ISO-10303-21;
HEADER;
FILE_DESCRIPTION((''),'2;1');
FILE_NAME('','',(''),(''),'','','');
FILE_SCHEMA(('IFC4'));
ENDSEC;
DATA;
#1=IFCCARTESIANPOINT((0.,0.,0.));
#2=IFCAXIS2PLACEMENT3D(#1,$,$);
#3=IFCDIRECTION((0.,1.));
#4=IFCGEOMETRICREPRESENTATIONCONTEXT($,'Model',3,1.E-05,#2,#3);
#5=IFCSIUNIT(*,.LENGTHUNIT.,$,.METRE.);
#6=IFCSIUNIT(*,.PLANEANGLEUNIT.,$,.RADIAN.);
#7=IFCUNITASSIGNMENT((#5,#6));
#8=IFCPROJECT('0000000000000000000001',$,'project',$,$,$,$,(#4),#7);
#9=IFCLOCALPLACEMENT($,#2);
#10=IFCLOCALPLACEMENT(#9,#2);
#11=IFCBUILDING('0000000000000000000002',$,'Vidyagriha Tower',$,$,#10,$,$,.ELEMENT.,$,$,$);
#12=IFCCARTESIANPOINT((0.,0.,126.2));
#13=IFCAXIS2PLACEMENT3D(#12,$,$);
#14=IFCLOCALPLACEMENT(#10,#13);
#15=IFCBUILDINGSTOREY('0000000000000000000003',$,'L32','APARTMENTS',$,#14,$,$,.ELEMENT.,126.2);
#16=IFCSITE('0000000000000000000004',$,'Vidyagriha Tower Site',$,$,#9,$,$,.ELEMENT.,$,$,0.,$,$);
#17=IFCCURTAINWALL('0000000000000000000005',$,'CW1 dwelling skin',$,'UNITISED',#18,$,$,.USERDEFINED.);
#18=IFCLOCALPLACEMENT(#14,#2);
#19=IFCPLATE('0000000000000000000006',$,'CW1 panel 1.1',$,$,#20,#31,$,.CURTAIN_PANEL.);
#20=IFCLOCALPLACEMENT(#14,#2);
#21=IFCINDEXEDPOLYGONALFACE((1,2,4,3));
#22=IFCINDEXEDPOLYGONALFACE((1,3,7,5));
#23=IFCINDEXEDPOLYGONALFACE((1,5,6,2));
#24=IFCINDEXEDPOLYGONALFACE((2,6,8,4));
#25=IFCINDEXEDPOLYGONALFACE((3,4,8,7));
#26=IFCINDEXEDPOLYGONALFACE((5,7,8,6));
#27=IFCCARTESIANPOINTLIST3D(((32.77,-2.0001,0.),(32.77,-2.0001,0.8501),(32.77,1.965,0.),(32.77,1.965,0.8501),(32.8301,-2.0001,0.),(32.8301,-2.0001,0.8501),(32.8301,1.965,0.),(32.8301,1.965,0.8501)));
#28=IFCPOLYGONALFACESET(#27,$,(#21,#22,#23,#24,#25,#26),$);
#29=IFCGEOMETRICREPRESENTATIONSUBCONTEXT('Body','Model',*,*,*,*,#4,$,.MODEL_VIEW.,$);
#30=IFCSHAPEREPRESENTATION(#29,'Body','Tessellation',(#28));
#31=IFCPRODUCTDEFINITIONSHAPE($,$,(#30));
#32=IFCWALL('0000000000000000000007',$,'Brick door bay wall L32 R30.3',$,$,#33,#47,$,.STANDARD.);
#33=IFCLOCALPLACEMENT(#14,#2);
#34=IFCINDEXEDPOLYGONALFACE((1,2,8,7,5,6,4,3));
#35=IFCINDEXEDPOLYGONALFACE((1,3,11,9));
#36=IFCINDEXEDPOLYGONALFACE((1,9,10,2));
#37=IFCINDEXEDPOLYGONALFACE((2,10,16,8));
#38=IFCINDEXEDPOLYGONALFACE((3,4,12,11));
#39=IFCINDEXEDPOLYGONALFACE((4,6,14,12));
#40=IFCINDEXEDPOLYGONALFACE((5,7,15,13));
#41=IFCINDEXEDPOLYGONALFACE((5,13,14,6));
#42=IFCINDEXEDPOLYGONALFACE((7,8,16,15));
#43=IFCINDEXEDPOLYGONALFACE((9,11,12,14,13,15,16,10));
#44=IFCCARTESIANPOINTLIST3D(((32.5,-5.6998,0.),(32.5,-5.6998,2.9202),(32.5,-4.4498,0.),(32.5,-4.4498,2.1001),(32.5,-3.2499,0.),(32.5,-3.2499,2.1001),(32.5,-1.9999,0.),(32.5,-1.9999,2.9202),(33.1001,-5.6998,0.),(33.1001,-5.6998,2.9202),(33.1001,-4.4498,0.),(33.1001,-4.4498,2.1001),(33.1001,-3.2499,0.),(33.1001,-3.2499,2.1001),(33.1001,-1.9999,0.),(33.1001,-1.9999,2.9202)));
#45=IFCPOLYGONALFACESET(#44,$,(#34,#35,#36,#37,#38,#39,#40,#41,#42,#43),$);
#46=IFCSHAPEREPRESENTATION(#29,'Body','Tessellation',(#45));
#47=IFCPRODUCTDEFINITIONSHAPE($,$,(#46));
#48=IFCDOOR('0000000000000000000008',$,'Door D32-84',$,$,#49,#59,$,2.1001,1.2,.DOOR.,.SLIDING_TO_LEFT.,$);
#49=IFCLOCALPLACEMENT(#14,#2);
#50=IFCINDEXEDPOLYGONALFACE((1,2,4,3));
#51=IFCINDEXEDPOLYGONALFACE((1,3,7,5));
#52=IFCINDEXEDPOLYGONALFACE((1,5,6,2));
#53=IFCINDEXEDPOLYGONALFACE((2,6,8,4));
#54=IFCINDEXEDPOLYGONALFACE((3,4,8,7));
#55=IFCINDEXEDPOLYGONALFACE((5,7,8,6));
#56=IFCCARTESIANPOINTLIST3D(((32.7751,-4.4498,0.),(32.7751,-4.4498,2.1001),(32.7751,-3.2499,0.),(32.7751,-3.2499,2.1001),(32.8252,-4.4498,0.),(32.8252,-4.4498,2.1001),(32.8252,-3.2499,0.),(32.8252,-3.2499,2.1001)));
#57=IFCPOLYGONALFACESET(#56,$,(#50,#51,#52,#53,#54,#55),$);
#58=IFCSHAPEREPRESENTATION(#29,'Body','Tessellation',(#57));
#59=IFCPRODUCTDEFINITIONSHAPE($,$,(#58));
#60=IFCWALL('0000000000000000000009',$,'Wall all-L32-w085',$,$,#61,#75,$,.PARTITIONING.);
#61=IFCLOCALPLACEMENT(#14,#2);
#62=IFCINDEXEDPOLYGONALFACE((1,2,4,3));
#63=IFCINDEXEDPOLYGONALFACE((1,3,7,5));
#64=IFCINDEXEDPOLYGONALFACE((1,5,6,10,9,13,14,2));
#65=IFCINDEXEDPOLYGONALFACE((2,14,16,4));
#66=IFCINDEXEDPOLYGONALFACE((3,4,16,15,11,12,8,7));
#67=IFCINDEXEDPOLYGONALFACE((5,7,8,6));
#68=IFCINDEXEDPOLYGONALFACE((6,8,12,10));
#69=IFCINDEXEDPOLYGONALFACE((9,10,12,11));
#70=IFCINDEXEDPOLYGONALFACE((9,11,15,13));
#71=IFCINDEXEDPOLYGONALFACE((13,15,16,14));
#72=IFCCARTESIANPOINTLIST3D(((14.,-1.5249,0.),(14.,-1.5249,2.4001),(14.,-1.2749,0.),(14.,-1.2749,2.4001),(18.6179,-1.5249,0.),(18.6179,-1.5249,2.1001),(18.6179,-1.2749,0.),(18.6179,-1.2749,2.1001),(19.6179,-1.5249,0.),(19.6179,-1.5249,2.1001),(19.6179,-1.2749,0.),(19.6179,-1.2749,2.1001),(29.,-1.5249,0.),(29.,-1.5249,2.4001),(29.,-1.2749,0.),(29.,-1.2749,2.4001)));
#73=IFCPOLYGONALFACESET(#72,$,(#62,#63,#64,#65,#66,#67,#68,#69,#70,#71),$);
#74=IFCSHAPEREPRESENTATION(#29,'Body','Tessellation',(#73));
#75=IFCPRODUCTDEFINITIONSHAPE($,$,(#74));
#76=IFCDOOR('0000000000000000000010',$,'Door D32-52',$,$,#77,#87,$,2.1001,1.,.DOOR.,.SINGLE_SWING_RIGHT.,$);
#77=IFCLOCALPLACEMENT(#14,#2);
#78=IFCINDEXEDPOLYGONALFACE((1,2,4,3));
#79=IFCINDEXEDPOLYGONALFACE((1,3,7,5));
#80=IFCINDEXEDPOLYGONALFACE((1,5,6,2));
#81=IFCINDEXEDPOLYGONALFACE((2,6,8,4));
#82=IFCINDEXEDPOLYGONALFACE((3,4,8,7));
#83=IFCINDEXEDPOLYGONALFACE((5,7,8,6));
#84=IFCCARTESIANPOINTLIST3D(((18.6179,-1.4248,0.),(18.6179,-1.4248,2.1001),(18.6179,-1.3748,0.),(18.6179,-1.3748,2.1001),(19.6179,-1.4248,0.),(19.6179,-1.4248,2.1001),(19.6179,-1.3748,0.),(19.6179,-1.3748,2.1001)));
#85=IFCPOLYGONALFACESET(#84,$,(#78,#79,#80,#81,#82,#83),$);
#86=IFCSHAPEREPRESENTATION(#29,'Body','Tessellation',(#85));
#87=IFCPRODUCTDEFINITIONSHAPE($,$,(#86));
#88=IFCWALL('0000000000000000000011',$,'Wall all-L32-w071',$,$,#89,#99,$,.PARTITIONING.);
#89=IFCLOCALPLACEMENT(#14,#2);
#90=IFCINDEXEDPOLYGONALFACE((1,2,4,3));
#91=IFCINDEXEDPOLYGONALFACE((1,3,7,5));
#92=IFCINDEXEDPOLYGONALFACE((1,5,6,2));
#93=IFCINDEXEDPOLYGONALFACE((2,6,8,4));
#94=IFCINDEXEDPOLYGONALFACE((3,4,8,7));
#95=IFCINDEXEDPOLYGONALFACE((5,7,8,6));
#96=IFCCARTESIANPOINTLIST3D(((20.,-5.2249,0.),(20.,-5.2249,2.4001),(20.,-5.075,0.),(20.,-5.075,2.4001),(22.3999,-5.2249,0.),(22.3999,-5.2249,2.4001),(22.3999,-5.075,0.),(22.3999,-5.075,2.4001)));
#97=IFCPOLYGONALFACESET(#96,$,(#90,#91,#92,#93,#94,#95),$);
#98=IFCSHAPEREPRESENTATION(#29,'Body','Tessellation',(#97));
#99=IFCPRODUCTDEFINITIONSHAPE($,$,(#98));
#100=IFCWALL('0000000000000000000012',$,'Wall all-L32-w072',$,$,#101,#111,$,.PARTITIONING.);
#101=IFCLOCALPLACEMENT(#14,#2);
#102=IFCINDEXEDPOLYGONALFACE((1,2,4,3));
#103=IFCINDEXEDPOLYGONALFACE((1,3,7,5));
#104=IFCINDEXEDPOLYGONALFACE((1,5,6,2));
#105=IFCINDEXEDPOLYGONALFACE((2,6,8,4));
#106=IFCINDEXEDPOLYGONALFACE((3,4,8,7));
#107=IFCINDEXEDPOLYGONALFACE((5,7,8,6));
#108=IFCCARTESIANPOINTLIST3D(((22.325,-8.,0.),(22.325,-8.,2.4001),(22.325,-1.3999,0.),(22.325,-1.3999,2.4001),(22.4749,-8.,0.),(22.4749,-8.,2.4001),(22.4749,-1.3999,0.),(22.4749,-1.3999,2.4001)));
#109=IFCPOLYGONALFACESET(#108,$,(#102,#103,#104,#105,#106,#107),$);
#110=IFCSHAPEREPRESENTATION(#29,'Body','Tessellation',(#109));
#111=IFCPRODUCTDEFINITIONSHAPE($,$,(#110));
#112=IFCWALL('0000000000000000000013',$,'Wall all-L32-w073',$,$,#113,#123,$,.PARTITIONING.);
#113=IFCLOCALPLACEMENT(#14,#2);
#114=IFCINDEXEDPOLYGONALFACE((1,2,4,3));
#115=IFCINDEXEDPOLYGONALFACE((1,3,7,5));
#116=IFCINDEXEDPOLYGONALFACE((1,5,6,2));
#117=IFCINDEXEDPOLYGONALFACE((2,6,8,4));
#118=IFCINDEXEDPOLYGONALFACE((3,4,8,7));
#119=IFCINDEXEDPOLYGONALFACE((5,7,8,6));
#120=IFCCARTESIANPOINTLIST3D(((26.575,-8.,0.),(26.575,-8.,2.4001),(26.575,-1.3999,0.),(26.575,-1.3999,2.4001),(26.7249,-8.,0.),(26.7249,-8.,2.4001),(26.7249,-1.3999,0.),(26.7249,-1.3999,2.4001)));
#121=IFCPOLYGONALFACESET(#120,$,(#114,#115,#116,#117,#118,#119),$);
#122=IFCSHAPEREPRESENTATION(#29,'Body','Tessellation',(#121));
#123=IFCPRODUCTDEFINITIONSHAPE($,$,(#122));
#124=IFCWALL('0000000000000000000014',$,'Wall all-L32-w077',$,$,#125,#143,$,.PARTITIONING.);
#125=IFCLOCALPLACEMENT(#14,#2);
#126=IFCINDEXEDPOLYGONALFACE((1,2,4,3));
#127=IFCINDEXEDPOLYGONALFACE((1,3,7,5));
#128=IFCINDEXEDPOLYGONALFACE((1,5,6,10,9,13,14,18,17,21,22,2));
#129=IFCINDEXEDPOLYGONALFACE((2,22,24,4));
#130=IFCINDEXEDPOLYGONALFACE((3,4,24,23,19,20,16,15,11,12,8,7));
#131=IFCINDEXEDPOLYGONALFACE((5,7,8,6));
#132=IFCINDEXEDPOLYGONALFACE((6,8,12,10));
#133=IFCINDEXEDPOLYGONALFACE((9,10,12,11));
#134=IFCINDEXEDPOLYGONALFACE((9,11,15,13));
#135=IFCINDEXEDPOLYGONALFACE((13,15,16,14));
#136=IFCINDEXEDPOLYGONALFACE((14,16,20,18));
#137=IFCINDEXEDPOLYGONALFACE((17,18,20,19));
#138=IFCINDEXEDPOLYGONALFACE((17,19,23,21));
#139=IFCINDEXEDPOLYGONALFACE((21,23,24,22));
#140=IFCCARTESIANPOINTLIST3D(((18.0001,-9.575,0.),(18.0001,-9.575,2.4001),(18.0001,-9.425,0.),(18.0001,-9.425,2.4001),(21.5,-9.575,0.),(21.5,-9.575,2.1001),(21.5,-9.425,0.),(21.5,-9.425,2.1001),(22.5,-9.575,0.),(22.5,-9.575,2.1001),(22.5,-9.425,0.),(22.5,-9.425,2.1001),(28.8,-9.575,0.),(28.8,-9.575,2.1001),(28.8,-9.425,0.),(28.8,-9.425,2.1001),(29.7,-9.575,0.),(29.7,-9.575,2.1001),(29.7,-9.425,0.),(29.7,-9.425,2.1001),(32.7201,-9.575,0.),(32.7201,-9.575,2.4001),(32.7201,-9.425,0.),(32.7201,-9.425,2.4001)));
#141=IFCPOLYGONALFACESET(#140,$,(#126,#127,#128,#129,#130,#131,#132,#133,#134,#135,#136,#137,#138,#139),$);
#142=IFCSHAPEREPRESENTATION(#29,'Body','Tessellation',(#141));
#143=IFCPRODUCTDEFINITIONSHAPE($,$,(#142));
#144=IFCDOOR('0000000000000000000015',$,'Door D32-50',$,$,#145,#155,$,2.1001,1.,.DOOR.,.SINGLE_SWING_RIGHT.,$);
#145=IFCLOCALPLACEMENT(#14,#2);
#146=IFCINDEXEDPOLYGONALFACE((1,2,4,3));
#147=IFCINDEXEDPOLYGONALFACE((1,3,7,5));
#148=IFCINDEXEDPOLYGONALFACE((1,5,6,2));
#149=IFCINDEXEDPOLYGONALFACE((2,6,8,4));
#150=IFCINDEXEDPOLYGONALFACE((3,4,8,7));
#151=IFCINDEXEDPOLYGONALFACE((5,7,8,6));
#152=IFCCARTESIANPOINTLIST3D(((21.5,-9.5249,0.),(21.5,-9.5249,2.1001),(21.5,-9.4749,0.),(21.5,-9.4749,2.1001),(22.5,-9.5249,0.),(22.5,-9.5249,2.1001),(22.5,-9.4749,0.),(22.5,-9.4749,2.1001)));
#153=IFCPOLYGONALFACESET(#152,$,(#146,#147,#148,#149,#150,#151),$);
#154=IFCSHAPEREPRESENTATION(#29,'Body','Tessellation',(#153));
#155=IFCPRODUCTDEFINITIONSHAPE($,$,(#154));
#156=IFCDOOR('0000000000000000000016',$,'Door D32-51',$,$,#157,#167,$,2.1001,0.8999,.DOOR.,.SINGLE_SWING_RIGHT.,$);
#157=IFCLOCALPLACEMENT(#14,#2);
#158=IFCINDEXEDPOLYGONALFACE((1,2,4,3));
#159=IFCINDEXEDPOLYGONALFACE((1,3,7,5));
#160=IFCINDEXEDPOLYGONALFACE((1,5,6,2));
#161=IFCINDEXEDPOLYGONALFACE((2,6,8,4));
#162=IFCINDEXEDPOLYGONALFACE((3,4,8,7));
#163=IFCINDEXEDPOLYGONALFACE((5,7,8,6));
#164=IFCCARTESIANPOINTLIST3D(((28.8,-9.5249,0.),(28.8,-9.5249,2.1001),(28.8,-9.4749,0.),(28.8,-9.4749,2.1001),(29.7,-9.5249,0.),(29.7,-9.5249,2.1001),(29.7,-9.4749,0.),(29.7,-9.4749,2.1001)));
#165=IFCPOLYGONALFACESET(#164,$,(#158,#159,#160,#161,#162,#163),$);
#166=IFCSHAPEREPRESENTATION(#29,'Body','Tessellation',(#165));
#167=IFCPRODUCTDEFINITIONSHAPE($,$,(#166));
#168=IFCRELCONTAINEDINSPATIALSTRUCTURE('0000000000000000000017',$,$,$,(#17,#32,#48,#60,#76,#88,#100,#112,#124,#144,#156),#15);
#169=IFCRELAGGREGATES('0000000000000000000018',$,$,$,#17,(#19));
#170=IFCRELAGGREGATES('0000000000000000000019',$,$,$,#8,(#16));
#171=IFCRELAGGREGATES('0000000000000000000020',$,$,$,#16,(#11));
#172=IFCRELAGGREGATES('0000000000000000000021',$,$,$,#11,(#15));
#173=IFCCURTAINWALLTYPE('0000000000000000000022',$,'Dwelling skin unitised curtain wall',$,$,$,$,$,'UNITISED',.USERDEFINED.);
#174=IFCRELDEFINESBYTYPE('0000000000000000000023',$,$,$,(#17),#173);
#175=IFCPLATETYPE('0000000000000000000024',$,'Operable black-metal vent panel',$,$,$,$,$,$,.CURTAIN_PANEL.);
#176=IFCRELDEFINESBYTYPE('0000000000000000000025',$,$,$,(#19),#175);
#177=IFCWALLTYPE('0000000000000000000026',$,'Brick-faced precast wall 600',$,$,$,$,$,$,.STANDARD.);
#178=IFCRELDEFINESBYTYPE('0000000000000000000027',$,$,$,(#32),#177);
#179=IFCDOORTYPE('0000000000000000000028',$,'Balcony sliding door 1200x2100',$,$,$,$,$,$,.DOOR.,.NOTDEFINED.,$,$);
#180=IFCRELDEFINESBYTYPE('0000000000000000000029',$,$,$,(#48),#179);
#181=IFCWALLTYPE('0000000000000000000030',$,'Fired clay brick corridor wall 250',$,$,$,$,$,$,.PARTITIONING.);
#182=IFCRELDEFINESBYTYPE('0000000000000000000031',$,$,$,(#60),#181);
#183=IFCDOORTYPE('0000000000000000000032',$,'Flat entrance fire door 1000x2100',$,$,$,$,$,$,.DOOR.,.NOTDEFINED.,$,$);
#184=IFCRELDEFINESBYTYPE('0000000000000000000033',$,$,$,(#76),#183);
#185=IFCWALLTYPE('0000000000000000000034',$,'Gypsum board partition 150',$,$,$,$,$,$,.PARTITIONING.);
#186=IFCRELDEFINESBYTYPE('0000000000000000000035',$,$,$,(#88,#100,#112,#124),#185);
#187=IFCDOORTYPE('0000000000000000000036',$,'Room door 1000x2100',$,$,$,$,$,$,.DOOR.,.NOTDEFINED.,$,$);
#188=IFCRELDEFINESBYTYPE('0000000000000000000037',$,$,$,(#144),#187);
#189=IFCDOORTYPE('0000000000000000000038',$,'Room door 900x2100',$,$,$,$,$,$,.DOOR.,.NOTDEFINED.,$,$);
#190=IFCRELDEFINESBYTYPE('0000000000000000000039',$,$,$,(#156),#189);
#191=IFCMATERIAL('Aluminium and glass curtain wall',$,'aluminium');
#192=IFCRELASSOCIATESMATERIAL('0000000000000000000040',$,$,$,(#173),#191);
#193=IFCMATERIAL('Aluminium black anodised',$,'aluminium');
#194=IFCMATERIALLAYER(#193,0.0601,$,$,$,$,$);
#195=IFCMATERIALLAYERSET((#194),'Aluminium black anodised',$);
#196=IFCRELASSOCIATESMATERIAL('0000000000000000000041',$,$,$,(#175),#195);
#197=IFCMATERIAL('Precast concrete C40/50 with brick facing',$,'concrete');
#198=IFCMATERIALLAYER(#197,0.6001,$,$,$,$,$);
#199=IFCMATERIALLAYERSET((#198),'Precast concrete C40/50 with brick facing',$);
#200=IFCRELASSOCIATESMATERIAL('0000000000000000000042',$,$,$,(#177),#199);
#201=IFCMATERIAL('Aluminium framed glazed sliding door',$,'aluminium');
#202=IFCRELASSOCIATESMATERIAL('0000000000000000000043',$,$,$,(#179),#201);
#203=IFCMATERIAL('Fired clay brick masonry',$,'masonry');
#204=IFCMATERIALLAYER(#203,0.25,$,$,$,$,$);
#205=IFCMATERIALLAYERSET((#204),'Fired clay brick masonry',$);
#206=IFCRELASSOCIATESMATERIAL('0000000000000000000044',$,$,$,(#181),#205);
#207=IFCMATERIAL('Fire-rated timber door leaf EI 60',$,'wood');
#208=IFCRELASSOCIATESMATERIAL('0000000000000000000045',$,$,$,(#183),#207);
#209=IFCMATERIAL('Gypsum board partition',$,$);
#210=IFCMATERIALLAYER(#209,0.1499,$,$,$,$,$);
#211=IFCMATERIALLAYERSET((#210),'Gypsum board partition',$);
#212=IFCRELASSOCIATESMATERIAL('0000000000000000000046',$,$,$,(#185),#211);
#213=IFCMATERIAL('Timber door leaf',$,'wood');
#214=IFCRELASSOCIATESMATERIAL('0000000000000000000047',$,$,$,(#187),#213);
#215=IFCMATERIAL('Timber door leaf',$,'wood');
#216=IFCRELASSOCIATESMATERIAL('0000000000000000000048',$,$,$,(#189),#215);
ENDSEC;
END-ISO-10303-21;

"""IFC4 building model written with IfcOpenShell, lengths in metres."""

from ifc_helpers import new_model, si_unit, direction, frame, frame_2d, origin, origin_2d, place, context, subcontext, project, spatial, rectangle, extrude, material, layer, layer_set, type_object, element, fill, aggregate, save


model = new_model("IFC4")

# Units and contexts
model_context = context("Model", 3, precision=1e-05, world=origin(), true_north=direction((0.0, 1.0)))
body_context = subcontext(model_context, "Body", "Model", "MODEL_VIEW")
ifc_project = project(units=[si_unit("LENGTHUNIT", "METRE"), si_unit("PLANEANGLEUNIT", "RADIAN")], contexts=[model_context])

# Site, building, storey
site_placement = place(None, origin())
site = spatial("IfcSite", under=ifc_project, at=site_placement, Name="Vidyagriha Tower Site", CompositionType="ELEMENT", RefElevation=0.0)
building_placement = place(site_placement, origin())
building = spatial("IfcBuilding", under=site, at=building_placement, Name="Vidyagriha Tower", CompositionType="ELEMENT")
storey_placement = place(building_placement, frame((0.0, 0.0, 126.2)))
storey = spatial("IfcBuildingStorey", under=building, at=storey_placement, Name="L32", Description="APARTMENTS", CompositionType="ELEMENT", Elevation=126.2)

# Shared definitions
ifc_material_1 = material(Name="Aluminium and glass curtain wall", Category="aluminium")
curtain_wall_type = type_object("IfcCurtainWallType", Name="Dwelling skin unitised curtain wall", ElementType="UNITISED", PredefinedType="USERDEFINED", material=ifc_material_1)

# Curtain wall
curtain_wall_1_placement = place(storey_placement, origin())
curtain_wall_1 = element("IfcCurtainWall", 1, at=curtain_wall_1_placement, inside=storey, type_object=curtain_wall_type, Name="CW1 dwelling skin", ObjectType="UNITISED", PredefinedType="USERDEFINED")

# Plate
ifc_material_2 = material(Name="Aluminium black anodised", Category="aluminium")
ifc_layer_1 = layer(ifc_material_2, 0.0601)
ifc_layer_set_1 = layer_set([ifc_layer_1], Name="Aluminium black anodised")
plate_type_1 = type_object("IfcPlateType", Name="Operable black-metal vent panel", PredefinedType="CURTAIN_PANEL", material=ifc_layer_set_1)
plate_1_placement = place(storey_placement, frame((32.8, -0.0176, 0.0), z_axis=(0.0, 0.0, 1.0), x_axis=(0.0, 1.0, 0.0)))
plate_1 = element("IfcPlate", 2, at=plate_1_placement, type_object=plate_type_1, Name="CW1 panel 1.1", PredefinedType="CURTAIN_PANEL", context=body_context, shape_type="SweptSolid", body=[
    extrude(rectangle(XDim=3.9651, YDim=0.0601, at=origin_2d()), origin(), (0.0, 0.0, 1.0), 0.8501),
])
aggregate(curtain_wall_1, [plate_1])

# Walls, openings, doors
ifc_material_3 = material(Name="Precast concrete C40/50 with brick facing", Category="concrete")
ifc_layer_2 = layer(ifc_material_3, 0.6001)
ifc_layer_set_2 = layer_set([ifc_layer_2], Name="Precast concrete C40/50 with brick facing")
wall_type_1 = type_object("IfcWallType", Name="Brick-faced precast wall 600", PredefinedType="STANDARD", material=ifc_layer_set_2)
wall_1_placement = place(storey_placement, frame((32.8, -5.7, 0.0), z_axis=(0.0, 0.0, 1.0), x_axis=(0.0, 1.0, 0.0)))
wall_1 = element("IfcWall", 3, at=wall_1_placement, inside=storey, type_object=wall_type_1, Name="Brick door bay wall L32 R30.3", PredefinedType="STANDARD", context=body_context, shape_type="SweptSolid", body=[
    extrude(rectangle(XDim=3.7, YDim=0.6001, at=frame_2d((1.8501, 0.0))), origin(), (0.0, 0.0, 1.0), 2.9202),
])
opening_1_placement = place(wall_1_placement, frame((1.25, 0.0, 0.0)))
opening_1 = element("IfcOpeningElement", 4, at=opening_1_placement, cuts=wall_1, PredefinedType="OPENING", context=body_context, shape_type="SweptSolid", body=[
    extrude(rectangle(XDim=1.2, YDim=2.1001, at=frame_2d((0.6001, 1.05))), frame((0.0, 0.3101, 0.0), z_axis=(0.0, -1.0, 0.0), x_axis=(1.0, 0.0, 0.0)), (0.0, 0.0, 1.0), 0.6201),
])
ifc_material_4 = material(Name="Aluminium framed glazed sliding door", Category="aluminium")
door_type_1 = type_object("IfcDoorType", Name="Balcony sliding door 1200x2100", OperationType="NOTDEFINED", PredefinedType="DOOR", material=ifc_material_4)
door_1_placement = place(opening_1_placement, origin())
door_1 = element("IfcDoor", 5, at=door_1_placement, inside=storey, type_object=door_type_1, Name="Door D32-84", OperationType="SLIDING_TO_LEFT", OverallHeight=2.1001, OverallWidth=1.2, PredefinedType="DOOR", context=body_context, shape_type="SweptSolid", body=[
    extrude(rectangle(XDim=1.2, YDim=2.1001, at=frame_2d((0.6001, 1.05))), frame((0.0, 0.0249, 0.0), z_axis=(0.0, -1.0, 0.0), x_axis=(1.0, 0.0, 0.0)), (0.0, 0.0, 1.0), 0.05),
])
fill(opening_1, door_1)
ifc_material_5 = material(Name="Fired clay brick masonry", Category="masonry")
ifc_layer_3 = layer(ifc_material_5, 0.25)
ifc_layer_set_3 = layer_set([ifc_layer_3], Name="Fired clay brick masonry")
wall_type_2 = type_object("IfcWallType", Name="Fired clay brick corridor wall 250", PredefinedType="PARTITIONING", material=ifc_layer_set_3)
wall_2_placement = place(storey_placement, frame((29.0, -1.3999, 0.0), z_axis=(0.0, 0.0, 1.0), x_axis=(-1.0, 0.0, 0.0)))
wall_2 = element("IfcWall", 6, at=wall_2_placement, inside=storey, type_object=wall_type_2, Name="Wall all-L32-w085", PredefinedType="PARTITIONING", context=body_context, shape_type="SweptSolid", body=[
    extrude(rectangle(XDim=15.0, YDim=0.25, at=frame_2d((7.5, 0.0))), origin(), (0.0, 0.0, 1.0), 2.4001),
])
opening_2_placement = place(wall_2_placement, frame((9.3821, 0.0, 0.0)))
opening_2 = element("IfcOpeningElement", 7, at=opening_2_placement, cuts=wall_2, PredefinedType="OPENING", context=body_context, shape_type="SweptSolid", body=[
    extrude(rectangle(XDim=1.0, YDim=2.1001, at=frame_2d((0.5, 1.05))), frame((0.0, 0.135, 0.0), z_axis=(0.0, -1.0, 0.0), x_axis=(1.0, 0.0, 0.0)), (0.0, 0.0, 1.0), 0.27),
])
ifc_material_6 = material(Name="Fire-rated timber door leaf EI 60", Category="wood")
door_type_2 = type_object("IfcDoorType", Name="Flat entrance fire door 1000x2100", OperationType="NOTDEFINED", PredefinedType="DOOR", material=ifc_material_6)
door_2_placement = place(opening_2_placement, origin())
door_2 = element("IfcDoor", 8, at=door_2_placement, inside=storey, type_object=door_type_2, Name="Door D32-52", OperationType="SINGLE_SWING_RIGHT", OverallHeight=2.1001, OverallWidth=1.0, PredefinedType="DOOR", context=body_context, shape_type="SweptSolid", body=[
    extrude(rectangle(XDim=1.0, YDim=2.1001, at=frame_2d((0.5, 1.05))), frame((0.0, 0.0249, 0.0), z_axis=(0.0, -1.0, 0.0), x_axis=(1.0, 0.0, 0.0)), (0.0, 0.0, 1.0), 0.05),
])
fill(opening_2, door_2)

# Walls
ifc_material_7 = material(Name="Gypsum board partition")
ifc_layer_4 = layer(ifc_material_7, 0.1499)
ifc_layer_set_4 = layer_set([ifc_layer_4], Name="Gypsum board partition")
wall_type_3 = type_object("IfcWallType", Name="Gypsum board partition 150", PredefinedType="PARTITIONING", material=ifc_layer_set_4)
wall_3_placement = place(storey_placement, frame((22.3999, -5.1499, 0.0), z_axis=(0.0, 0.0, 1.0), x_axis=(-1.0, 0.0, 0.0)))
element("IfcWall", 9, at=wall_3_placement, inside=storey, type_object=wall_type_3, Name="Wall all-L32-w071", PredefinedType="PARTITIONING", context=body_context, shape_type="SweptSolid", body=[
    extrude(rectangle(XDim=2.3999, YDim=0.1499, at=frame_2d((1.2, 0.0))), origin(), (0.0, 0.0, 1.0), 2.4001),
])
for number, where, z_axis, x_axis, name in (
    (10, (22.3999, -1.3999, 0.0), (0.0, 0.0, 1.0), (0.0, -1.0, 0.0), "Wall all-L32-w072"),
    (11, (26.6499, -1.3999, 0.0), (0.0, 0.0, 1.0), (0.0, -1.0, 0.0), "Wall all-L32-w073"),
):
    element("IfcWall", number, at=place(storey_placement, frame(where, z_axis=z_axis, x_axis=x_axis)), inside=storey, type_object=wall_type_3, Name=name, PredefinedType="PARTITIONING", context=body_context, shape_type="SweptSolid", body=[
        extrude(rectangle(XDim=6.6001, YDim=0.1499, at=frame_2d((3.3, 0.0))), origin(), (0.0, 0.0, 1.0), 2.4001),
    ])

# Wall, openings, doors
wall_4_placement = place(storey_placement, frame((32.72, -9.5, 0.0), z_axis=(0.0, 0.0, 1.0), x_axis=(-1.0, 0.0, 0.0)))
wall_4 = element("IfcWall", 12, at=wall_4_placement, inside=storey, type_object=wall_type_3, Name="Wall all-L32-w077", PredefinedType="PARTITIONING", context=body_context, shape_type="SweptSolid", body=[
    extrude(rectangle(XDim=14.72, YDim=0.1499, at=frame_2d((7.3599, 0.0))), origin(), (0.0, 0.0, 1.0), 2.4001),
])
opening_3_placement = place(wall_4_placement, frame((10.22, 0.0, 0.0)))
opening_3 = element("IfcOpeningElement", 13, at=opening_3_placement, cuts=wall_4, PredefinedType="OPENING", context=body_context, shape_type="SweptSolid", body=[
    extrude(rectangle(XDim=1.0, YDim=2.1001, at=frame_2d((0.5, 1.05))), frame((0.0, 0.085, 0.0), z_axis=(0.0, -1.0, 0.0), x_axis=(1.0, 0.0, 0.0)), (0.0, 0.0, 1.0), 0.1699),
])
opening_4_placement = place(wall_4_placement, frame((3.02, 0.0, 0.0)))
opening_4 = element("IfcOpeningElement", 14, at=opening_4_placement, cuts=wall_4, PredefinedType="OPENING", context=body_context, shape_type="SweptSolid", body=[
    extrude(rectangle(XDim=0.8999, YDim=2.1001, at=frame_2d((0.45, 1.05))), frame((0.0, 0.085, 0.0), z_axis=(0.0, -1.0, 0.0), x_axis=(1.0, 0.0, 0.0)), (0.0, 0.0, 1.0), 0.1699),
])
ifc_material_8 = material(Name="Timber door leaf", Category="wood")
door_type_3 = type_object("IfcDoorType", Name="Room door 1000x2100", OperationType="NOTDEFINED", PredefinedType="DOOR", material=ifc_material_8)
door_3_placement = place(opening_3_placement, origin())
door_3 = element("IfcDoor", 15, at=door_3_placement, inside=storey, type_object=door_type_3, Name="Door D32-50", OperationType="SINGLE_SWING_RIGHT", OverallHeight=2.1001, OverallWidth=1.0, PredefinedType="DOOR", context=body_context, shape_type="SweptSolid", body=[
    extrude(rectangle(XDim=1.0, YDim=2.1001, at=frame_2d((0.5, 1.05))), frame((0.0, 0.0249, 0.0), z_axis=(0.0, -1.0, 0.0), x_axis=(1.0, 0.0, 0.0)), (0.0, 0.0, 1.0), 0.05),
])
fill(opening_3, door_3)
ifc_material_9 = material(Name="Timber door leaf", Category="wood")
door_type_4 = type_object("IfcDoorType", Name="Room door 900x2100", OperationType="NOTDEFINED", PredefinedType="DOOR", material=ifc_material_9)
door_4_placement = place(opening_4_placement, origin())
door_4 = element("IfcDoor", 16, at=door_4_placement, inside=storey, type_object=door_type_4, Name="Door D32-51", OperationType="SINGLE_SWING_RIGHT", OverallHeight=2.1001, OverallWidth=0.8999, PredefinedType="DOOR", context=body_context, shape_type="SweptSolid", body=[
    extrude(rectangle(XDim=0.8999, YDim=2.1001, at=frame_2d((0.45, 1.05))), frame((0.0, 0.0249, 0.0), z_axis=(0.0, -1.0, 0.0), x_axis=(1.0, 0.0, 0.0)), (0.0, 0.0, 1.0), 0.05),
])
fill(opening_4, door_4)

save(model, "model.ifc")
